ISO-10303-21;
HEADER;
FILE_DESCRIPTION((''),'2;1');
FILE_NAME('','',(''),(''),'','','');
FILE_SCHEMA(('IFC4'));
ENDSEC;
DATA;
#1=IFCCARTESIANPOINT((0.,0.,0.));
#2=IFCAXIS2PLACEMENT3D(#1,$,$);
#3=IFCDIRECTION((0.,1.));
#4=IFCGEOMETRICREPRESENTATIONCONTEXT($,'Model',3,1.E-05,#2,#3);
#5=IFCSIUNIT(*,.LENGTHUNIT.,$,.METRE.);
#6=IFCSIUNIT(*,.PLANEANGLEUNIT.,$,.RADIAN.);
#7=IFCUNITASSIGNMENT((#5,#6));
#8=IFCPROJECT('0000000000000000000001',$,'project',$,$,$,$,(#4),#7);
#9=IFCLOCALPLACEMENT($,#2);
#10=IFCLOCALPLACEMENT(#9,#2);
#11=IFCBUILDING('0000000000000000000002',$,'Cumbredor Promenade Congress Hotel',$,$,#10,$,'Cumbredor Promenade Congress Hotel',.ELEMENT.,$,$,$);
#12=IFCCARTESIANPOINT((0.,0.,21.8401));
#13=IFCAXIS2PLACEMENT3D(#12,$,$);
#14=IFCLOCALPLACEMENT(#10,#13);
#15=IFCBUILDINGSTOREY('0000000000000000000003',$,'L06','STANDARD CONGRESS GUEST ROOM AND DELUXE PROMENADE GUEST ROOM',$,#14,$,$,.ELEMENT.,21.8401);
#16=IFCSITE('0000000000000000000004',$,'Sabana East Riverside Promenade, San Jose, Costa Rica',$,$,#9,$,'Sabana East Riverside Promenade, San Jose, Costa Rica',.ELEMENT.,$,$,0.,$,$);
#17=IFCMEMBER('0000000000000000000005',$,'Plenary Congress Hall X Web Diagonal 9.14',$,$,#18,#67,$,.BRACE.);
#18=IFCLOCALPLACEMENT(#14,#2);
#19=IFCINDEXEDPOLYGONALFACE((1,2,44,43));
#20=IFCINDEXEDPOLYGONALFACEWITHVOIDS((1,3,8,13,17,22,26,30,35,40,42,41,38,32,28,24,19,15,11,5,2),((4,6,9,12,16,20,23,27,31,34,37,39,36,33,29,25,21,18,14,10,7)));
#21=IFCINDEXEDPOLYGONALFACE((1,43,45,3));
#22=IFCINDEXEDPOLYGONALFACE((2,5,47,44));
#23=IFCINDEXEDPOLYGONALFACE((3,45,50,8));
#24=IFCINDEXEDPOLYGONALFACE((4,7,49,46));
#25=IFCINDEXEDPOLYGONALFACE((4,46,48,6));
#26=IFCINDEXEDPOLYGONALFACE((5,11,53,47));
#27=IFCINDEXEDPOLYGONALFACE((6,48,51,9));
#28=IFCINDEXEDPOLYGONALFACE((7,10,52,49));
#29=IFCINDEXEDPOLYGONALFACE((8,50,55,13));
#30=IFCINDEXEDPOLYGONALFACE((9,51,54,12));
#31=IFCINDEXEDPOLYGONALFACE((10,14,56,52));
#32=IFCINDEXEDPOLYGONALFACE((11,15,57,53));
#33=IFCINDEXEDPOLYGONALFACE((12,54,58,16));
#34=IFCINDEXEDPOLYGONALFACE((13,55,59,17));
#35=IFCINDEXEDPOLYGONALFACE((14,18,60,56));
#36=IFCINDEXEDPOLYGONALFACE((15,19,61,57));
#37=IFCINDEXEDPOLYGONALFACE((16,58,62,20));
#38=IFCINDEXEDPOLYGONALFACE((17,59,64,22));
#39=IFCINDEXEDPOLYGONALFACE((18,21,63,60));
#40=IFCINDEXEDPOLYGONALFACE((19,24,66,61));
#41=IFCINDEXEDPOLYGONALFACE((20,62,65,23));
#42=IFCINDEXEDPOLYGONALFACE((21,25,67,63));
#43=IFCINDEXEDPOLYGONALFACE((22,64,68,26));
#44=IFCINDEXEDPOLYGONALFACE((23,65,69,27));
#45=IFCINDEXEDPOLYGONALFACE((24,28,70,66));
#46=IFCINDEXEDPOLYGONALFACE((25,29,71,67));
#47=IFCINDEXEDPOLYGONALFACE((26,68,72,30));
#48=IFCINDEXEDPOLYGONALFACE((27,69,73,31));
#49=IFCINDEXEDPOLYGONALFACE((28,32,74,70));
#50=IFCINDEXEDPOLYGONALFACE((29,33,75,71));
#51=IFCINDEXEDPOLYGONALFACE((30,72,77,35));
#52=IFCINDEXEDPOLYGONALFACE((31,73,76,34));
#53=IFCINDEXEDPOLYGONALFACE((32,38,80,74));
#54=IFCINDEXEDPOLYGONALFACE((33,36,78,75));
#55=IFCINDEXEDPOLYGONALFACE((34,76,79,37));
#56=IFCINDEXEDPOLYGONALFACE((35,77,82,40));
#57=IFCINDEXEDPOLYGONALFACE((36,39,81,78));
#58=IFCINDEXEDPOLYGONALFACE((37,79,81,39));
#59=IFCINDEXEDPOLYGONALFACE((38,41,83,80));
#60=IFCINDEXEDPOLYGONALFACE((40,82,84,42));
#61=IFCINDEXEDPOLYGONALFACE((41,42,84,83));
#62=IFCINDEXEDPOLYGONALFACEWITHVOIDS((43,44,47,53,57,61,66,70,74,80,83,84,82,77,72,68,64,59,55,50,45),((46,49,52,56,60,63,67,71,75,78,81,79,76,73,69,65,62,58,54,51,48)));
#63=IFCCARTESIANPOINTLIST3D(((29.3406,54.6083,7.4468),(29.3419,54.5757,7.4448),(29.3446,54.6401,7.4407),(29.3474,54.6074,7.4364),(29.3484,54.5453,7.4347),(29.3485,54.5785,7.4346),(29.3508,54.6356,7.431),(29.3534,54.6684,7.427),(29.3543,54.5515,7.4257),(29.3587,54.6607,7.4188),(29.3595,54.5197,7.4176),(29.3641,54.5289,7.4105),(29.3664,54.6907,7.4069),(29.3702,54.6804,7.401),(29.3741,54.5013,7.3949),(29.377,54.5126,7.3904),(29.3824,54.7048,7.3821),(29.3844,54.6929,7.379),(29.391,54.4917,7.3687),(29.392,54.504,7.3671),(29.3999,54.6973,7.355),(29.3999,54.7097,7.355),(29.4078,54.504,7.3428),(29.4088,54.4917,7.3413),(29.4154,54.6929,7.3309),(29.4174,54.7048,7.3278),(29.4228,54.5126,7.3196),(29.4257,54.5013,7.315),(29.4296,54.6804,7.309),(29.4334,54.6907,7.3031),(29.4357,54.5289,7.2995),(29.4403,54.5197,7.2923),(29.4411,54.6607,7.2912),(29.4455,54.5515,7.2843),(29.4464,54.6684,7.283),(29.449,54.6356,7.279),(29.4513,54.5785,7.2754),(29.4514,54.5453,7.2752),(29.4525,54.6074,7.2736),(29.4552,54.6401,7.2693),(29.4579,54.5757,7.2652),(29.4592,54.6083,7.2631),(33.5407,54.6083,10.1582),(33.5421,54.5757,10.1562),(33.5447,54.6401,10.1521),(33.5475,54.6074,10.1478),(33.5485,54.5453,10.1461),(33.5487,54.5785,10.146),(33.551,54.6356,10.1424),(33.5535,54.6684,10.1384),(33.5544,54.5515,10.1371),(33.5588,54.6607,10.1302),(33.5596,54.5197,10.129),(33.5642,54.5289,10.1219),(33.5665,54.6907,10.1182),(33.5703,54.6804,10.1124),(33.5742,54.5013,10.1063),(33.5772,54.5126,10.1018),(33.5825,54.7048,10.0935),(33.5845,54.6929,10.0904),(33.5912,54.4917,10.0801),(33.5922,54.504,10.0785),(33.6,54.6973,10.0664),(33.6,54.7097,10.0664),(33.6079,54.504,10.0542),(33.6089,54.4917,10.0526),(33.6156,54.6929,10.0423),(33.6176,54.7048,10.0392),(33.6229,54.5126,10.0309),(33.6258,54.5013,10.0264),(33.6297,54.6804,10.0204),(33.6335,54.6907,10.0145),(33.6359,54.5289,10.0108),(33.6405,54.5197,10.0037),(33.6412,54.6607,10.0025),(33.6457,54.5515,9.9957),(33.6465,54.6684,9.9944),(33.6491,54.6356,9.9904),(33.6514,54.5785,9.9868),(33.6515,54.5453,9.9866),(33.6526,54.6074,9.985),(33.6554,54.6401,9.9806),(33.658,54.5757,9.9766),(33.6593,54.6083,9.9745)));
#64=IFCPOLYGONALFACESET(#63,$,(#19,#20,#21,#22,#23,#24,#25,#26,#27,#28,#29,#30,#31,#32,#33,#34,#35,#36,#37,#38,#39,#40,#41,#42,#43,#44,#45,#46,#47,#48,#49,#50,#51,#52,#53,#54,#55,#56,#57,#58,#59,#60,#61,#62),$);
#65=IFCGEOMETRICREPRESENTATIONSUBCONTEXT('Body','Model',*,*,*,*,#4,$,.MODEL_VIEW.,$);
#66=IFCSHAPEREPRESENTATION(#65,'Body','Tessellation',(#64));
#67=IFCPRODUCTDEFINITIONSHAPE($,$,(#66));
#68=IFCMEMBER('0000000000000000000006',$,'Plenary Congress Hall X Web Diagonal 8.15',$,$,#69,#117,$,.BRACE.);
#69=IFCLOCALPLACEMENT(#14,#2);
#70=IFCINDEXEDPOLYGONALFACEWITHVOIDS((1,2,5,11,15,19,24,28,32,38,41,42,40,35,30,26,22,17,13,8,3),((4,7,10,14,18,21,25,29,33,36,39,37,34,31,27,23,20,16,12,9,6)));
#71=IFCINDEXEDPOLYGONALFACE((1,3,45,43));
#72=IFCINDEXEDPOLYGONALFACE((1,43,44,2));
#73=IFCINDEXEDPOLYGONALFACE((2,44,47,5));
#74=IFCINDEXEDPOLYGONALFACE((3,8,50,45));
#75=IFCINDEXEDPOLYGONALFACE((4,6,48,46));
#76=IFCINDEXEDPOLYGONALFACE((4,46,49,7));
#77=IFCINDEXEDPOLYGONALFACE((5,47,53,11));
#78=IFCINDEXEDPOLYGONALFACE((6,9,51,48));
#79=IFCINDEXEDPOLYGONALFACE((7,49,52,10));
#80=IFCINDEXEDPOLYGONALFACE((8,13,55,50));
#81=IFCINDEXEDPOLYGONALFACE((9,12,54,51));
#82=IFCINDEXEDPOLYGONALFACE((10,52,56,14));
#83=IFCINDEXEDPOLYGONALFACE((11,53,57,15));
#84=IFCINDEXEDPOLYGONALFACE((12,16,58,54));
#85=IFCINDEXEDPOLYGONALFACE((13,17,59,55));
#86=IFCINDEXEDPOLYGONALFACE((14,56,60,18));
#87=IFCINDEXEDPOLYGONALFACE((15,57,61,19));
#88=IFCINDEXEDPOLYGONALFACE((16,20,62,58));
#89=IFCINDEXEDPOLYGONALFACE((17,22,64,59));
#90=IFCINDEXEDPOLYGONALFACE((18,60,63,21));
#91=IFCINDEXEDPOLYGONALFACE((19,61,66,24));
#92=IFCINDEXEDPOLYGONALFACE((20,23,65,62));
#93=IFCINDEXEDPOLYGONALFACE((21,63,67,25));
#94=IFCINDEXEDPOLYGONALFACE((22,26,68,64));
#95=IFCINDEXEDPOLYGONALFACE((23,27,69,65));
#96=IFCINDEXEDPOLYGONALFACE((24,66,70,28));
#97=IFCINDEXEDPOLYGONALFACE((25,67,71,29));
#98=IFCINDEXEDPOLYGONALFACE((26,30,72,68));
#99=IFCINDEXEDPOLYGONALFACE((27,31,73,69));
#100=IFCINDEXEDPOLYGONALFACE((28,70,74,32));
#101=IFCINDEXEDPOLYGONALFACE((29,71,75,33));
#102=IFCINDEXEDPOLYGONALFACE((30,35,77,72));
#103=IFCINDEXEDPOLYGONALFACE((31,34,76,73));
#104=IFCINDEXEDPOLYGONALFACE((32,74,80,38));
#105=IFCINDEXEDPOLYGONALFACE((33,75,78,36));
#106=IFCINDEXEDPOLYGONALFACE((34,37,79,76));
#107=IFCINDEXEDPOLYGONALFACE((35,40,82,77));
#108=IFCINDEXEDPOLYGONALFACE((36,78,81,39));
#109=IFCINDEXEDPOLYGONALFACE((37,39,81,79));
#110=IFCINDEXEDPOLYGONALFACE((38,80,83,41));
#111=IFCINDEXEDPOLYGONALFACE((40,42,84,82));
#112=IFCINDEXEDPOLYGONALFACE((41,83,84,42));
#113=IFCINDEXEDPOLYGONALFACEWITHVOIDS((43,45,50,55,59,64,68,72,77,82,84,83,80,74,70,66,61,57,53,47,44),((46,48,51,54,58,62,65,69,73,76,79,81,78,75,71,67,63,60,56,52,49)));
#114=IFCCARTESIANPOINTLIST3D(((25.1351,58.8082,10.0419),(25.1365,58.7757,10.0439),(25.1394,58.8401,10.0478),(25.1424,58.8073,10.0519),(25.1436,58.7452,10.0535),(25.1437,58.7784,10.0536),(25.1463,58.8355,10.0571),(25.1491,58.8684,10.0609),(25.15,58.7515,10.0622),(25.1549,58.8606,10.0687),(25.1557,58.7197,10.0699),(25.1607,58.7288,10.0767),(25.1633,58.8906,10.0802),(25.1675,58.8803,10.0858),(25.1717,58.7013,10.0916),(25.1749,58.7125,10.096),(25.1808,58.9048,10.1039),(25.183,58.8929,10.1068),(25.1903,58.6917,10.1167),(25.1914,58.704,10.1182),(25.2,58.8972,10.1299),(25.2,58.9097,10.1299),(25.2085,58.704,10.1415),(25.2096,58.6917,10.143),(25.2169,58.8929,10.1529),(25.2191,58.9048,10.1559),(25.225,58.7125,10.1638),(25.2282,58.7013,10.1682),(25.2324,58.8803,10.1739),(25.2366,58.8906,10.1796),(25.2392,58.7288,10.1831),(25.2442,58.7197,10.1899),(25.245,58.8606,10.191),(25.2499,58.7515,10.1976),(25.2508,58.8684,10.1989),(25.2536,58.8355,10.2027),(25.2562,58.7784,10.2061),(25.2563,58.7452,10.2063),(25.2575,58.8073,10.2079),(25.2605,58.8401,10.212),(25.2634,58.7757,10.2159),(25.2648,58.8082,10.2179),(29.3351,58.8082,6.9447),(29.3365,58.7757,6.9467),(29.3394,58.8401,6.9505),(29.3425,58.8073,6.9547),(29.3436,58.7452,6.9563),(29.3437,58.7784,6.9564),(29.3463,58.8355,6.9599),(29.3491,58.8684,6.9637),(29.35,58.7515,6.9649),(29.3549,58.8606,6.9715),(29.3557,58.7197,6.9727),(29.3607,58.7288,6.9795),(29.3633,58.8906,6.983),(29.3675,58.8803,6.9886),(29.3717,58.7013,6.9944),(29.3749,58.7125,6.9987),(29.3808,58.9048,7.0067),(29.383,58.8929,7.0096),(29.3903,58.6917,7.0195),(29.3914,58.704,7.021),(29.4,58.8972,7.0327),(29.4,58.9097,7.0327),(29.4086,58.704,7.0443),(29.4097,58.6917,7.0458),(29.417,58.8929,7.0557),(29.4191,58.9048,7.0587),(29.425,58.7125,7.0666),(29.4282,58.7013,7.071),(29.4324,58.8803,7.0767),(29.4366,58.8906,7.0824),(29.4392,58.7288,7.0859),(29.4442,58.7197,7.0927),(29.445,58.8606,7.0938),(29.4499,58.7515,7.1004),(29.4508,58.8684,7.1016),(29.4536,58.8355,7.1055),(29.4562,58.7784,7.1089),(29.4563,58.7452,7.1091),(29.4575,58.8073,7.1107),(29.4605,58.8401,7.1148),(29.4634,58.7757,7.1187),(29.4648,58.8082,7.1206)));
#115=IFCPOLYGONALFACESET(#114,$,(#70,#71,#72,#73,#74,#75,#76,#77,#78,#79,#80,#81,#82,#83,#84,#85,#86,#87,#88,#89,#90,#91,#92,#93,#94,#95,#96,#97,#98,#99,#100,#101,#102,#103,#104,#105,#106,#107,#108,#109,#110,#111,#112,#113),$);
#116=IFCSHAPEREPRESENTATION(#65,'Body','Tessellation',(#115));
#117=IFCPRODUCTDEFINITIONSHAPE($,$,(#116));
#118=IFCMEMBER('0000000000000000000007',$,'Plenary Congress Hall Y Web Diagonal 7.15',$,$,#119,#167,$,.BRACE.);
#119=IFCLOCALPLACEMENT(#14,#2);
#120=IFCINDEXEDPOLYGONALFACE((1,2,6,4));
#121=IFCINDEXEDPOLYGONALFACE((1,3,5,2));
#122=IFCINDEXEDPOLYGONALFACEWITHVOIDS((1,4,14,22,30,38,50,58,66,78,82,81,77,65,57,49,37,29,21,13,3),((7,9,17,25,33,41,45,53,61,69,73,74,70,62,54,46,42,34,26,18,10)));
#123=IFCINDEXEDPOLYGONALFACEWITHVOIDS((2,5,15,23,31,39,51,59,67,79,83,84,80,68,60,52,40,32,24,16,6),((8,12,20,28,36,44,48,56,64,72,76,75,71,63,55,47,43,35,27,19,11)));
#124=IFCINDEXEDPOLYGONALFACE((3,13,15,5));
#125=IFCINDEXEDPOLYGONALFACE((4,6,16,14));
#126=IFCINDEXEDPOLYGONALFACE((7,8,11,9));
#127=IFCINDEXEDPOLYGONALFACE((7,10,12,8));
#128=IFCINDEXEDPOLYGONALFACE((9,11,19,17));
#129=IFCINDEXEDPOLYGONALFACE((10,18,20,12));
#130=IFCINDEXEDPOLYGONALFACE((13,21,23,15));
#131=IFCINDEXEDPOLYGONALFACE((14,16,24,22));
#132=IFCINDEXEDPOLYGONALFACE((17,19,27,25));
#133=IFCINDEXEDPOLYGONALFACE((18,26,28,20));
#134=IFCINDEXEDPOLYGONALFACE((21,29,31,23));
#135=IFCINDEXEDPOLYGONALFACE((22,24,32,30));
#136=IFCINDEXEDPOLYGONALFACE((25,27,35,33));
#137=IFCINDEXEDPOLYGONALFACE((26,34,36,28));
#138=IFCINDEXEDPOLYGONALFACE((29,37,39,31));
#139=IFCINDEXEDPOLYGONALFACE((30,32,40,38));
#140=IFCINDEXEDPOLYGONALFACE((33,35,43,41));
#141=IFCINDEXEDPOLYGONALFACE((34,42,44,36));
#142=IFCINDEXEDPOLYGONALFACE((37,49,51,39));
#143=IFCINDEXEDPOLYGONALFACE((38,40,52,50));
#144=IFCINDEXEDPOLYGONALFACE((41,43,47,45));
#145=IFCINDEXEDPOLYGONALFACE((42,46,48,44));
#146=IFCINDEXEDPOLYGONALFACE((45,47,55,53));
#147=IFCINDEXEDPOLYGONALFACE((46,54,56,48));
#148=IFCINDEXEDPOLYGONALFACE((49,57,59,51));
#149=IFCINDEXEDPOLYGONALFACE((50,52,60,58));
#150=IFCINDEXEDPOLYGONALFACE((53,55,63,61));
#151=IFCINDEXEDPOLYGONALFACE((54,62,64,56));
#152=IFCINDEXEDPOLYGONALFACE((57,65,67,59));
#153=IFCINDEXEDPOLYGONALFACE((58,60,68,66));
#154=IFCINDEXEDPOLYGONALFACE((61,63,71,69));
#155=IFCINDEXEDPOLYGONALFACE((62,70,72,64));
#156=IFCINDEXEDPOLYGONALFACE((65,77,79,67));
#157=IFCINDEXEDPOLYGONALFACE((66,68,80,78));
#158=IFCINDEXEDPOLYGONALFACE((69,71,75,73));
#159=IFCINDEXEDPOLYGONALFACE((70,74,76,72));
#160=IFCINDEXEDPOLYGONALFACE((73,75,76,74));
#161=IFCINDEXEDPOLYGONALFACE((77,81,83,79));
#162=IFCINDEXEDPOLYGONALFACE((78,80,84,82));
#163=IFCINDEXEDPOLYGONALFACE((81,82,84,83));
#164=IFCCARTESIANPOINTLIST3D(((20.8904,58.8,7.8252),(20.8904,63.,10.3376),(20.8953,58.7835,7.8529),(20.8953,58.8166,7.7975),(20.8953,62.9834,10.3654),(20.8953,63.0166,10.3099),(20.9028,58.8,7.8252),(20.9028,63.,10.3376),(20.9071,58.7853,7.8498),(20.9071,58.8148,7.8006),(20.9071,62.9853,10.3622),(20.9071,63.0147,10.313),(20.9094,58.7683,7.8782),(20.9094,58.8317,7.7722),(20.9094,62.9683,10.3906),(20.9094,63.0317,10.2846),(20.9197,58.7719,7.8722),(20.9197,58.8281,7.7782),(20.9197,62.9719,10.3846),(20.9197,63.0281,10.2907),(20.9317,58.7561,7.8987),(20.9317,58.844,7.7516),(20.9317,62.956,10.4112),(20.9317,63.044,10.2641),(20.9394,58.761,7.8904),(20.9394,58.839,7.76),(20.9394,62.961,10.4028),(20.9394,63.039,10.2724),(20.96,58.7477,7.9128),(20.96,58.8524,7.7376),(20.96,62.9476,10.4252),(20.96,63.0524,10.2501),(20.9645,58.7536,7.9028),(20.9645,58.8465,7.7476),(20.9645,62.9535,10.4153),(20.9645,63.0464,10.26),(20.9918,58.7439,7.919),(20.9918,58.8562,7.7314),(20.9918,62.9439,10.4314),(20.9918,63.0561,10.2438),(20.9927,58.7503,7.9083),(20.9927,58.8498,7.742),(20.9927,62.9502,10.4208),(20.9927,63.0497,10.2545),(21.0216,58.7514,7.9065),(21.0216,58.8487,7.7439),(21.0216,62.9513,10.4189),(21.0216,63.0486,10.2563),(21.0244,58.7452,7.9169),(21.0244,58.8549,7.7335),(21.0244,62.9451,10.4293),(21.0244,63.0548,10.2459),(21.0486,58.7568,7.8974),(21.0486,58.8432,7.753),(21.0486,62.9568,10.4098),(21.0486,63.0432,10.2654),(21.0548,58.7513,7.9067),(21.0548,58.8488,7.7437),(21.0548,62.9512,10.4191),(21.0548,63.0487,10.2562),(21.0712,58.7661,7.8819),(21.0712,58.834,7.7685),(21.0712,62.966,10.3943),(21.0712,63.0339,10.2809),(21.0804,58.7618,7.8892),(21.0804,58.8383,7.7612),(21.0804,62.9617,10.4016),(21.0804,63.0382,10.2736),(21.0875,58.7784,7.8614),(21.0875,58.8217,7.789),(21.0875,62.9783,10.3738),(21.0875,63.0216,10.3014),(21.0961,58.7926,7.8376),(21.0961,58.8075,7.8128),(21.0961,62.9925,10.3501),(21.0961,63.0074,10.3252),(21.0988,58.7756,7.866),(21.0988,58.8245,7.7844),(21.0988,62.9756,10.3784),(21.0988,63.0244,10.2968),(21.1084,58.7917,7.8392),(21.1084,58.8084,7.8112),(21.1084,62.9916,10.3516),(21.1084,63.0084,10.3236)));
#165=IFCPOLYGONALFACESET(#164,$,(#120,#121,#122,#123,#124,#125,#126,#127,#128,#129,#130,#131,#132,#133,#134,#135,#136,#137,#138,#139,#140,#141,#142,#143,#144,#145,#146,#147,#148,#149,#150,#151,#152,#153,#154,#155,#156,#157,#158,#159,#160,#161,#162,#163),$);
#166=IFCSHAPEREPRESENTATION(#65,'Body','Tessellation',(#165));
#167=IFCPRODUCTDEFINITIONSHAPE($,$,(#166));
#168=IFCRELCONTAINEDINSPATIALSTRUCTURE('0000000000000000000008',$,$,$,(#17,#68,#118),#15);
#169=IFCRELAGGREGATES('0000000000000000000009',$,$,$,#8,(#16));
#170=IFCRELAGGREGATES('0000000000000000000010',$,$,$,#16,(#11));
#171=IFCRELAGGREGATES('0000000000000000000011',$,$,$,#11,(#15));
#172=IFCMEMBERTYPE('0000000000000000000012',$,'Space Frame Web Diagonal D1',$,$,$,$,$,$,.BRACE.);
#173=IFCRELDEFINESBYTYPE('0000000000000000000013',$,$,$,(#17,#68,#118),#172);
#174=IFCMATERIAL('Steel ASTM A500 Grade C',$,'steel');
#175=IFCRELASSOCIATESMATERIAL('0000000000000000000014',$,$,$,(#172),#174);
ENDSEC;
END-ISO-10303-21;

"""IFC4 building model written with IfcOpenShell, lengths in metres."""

from ifc_helpers import new_model, si_unit, direction, frame, origin, origin_2d, place, context, subcontext, project, spatial, hollow_circle, extrude, material, material_profile, profile_set, type_object, element, save


model = new_model("IFC4")

# Units and contexts
model_context = context("Model", 3, precision=1e-05, world=origin(), true_north=direction((0.0, 1.0)))
body_context = subcontext(model_context, "Body", "Model", "MODEL_VIEW")
ifc_project = project(units=[si_unit("LENGTHUNIT", "METRE"), si_unit("PLANEANGLEUNIT", "RADIAN")], contexts=[model_context])

# Site, building, storey
site_placement = place(None, origin())
site = spatial("IfcSite", under=ifc_project, at=site_placement, Name="Sabana East Riverside Promenade, San Jose, Costa Rica", LongName="Sabana East Riverside Promenade, San Jose, Costa Rica", CompositionType="ELEMENT", RefElevation=0.0)
building_placement = place(site_placement, origin())
building = spatial("IfcBuilding", under=site, at=building_placement, Name="Cumbredor Promenade Congress Hotel", LongName="Cumbredor Promenade Congress Hotel", CompositionType="ELEMENT")
storey_placement = place(building_placement, frame((0.0, 0.0, 21.8401)))
storey = spatial("IfcBuildingStorey", under=building, at=storey_placement, Name="L06", Description="STANDARD CONGRESS GUEST ROOM AND DELUXE PROMENADE GUEST ROOM", CompositionType="ELEMENT", Elevation=21.8401)

# Members
ifc_material_1 = material(Name="Steel ASTM A500 Grade C", Category="steel")
ifc_material_profile_1 = material_profile(ifc_material_1, hollow_circle(Radius=0.1096, WallThickness=0.0125, at=origin_2d()), Name="CHS 219.1x12.5")
ifc_profile_set_1 = profile_set([ifc_material_profile_1], Name="Steel ASTM A500 Grade C")
member_type_1 = type_object("IfcMemberType", Name="Space Frame Web Diagonal D1", PredefinedType="BRACE", material=ifc_profile_set_1)
member_1_placement = place(storey_placement, frame((29.3999, 54.6001, 7.355), z_axis=(0.840149, 0.0, 0.542356), x_axis=(0.0, 1.0, 0.0)))
element("IfcMember", 1, at=member_1_placement, inside=storey, type_object=member_type_1, Name="Plenary Congress Hall X Web Diagonal 9.14", PredefinedType="BRACE", context=body_context, shape_type="SweptSolid", body=[
    extrude(hollow_circle(Radius=0.1096, WallThickness=0.0125, at=origin_2d()), origin(), (0.0, 0.0, 1.0), 4.9993),
])
member_2_placement = place(storey_placement, frame((25.2, 58.8, 10.1299), z_axis=(0.80483, 0.0, -0.593505), x_axis=(0.0, 1.0, 0.0)))
element("IfcMember", 2, at=member_2_placement, inside=storey, type_object=member_type_1, Name="Plenary Congress Hall X Web Diagonal 8.15", PredefinedType="BRACE", context=body_context, shape_type="SweptSolid", body=[
    extrude(hollow_circle(Radius=0.1096, WallThickness=0.0125, at=origin_2d()), origin(), (0.0, 0.0, 1.0), 5.2185),
])
member_3_placement = place(storey_placement, frame((21.0, 58.8, 7.8252), z_axis=(0.0, 0.85817, 0.513366), x_axis=(-1.0, 0.0, 0.0)))
element("IfcMember", 3, at=member_3_placement, inside=storey, type_object=member_type_1, Name="Plenary Congress Hall Y Web Diagonal 7.15", PredefinedType="BRACE", context=body_context, shape_type="SweptSolid", body=[
    extrude(hollow_circle(Radius=0.1096, WallThickness=0.0125, at=origin_2d()), origin(), (0.0, 0.0, 1.0), 4.894),
])

save(model, "model.ifc")
